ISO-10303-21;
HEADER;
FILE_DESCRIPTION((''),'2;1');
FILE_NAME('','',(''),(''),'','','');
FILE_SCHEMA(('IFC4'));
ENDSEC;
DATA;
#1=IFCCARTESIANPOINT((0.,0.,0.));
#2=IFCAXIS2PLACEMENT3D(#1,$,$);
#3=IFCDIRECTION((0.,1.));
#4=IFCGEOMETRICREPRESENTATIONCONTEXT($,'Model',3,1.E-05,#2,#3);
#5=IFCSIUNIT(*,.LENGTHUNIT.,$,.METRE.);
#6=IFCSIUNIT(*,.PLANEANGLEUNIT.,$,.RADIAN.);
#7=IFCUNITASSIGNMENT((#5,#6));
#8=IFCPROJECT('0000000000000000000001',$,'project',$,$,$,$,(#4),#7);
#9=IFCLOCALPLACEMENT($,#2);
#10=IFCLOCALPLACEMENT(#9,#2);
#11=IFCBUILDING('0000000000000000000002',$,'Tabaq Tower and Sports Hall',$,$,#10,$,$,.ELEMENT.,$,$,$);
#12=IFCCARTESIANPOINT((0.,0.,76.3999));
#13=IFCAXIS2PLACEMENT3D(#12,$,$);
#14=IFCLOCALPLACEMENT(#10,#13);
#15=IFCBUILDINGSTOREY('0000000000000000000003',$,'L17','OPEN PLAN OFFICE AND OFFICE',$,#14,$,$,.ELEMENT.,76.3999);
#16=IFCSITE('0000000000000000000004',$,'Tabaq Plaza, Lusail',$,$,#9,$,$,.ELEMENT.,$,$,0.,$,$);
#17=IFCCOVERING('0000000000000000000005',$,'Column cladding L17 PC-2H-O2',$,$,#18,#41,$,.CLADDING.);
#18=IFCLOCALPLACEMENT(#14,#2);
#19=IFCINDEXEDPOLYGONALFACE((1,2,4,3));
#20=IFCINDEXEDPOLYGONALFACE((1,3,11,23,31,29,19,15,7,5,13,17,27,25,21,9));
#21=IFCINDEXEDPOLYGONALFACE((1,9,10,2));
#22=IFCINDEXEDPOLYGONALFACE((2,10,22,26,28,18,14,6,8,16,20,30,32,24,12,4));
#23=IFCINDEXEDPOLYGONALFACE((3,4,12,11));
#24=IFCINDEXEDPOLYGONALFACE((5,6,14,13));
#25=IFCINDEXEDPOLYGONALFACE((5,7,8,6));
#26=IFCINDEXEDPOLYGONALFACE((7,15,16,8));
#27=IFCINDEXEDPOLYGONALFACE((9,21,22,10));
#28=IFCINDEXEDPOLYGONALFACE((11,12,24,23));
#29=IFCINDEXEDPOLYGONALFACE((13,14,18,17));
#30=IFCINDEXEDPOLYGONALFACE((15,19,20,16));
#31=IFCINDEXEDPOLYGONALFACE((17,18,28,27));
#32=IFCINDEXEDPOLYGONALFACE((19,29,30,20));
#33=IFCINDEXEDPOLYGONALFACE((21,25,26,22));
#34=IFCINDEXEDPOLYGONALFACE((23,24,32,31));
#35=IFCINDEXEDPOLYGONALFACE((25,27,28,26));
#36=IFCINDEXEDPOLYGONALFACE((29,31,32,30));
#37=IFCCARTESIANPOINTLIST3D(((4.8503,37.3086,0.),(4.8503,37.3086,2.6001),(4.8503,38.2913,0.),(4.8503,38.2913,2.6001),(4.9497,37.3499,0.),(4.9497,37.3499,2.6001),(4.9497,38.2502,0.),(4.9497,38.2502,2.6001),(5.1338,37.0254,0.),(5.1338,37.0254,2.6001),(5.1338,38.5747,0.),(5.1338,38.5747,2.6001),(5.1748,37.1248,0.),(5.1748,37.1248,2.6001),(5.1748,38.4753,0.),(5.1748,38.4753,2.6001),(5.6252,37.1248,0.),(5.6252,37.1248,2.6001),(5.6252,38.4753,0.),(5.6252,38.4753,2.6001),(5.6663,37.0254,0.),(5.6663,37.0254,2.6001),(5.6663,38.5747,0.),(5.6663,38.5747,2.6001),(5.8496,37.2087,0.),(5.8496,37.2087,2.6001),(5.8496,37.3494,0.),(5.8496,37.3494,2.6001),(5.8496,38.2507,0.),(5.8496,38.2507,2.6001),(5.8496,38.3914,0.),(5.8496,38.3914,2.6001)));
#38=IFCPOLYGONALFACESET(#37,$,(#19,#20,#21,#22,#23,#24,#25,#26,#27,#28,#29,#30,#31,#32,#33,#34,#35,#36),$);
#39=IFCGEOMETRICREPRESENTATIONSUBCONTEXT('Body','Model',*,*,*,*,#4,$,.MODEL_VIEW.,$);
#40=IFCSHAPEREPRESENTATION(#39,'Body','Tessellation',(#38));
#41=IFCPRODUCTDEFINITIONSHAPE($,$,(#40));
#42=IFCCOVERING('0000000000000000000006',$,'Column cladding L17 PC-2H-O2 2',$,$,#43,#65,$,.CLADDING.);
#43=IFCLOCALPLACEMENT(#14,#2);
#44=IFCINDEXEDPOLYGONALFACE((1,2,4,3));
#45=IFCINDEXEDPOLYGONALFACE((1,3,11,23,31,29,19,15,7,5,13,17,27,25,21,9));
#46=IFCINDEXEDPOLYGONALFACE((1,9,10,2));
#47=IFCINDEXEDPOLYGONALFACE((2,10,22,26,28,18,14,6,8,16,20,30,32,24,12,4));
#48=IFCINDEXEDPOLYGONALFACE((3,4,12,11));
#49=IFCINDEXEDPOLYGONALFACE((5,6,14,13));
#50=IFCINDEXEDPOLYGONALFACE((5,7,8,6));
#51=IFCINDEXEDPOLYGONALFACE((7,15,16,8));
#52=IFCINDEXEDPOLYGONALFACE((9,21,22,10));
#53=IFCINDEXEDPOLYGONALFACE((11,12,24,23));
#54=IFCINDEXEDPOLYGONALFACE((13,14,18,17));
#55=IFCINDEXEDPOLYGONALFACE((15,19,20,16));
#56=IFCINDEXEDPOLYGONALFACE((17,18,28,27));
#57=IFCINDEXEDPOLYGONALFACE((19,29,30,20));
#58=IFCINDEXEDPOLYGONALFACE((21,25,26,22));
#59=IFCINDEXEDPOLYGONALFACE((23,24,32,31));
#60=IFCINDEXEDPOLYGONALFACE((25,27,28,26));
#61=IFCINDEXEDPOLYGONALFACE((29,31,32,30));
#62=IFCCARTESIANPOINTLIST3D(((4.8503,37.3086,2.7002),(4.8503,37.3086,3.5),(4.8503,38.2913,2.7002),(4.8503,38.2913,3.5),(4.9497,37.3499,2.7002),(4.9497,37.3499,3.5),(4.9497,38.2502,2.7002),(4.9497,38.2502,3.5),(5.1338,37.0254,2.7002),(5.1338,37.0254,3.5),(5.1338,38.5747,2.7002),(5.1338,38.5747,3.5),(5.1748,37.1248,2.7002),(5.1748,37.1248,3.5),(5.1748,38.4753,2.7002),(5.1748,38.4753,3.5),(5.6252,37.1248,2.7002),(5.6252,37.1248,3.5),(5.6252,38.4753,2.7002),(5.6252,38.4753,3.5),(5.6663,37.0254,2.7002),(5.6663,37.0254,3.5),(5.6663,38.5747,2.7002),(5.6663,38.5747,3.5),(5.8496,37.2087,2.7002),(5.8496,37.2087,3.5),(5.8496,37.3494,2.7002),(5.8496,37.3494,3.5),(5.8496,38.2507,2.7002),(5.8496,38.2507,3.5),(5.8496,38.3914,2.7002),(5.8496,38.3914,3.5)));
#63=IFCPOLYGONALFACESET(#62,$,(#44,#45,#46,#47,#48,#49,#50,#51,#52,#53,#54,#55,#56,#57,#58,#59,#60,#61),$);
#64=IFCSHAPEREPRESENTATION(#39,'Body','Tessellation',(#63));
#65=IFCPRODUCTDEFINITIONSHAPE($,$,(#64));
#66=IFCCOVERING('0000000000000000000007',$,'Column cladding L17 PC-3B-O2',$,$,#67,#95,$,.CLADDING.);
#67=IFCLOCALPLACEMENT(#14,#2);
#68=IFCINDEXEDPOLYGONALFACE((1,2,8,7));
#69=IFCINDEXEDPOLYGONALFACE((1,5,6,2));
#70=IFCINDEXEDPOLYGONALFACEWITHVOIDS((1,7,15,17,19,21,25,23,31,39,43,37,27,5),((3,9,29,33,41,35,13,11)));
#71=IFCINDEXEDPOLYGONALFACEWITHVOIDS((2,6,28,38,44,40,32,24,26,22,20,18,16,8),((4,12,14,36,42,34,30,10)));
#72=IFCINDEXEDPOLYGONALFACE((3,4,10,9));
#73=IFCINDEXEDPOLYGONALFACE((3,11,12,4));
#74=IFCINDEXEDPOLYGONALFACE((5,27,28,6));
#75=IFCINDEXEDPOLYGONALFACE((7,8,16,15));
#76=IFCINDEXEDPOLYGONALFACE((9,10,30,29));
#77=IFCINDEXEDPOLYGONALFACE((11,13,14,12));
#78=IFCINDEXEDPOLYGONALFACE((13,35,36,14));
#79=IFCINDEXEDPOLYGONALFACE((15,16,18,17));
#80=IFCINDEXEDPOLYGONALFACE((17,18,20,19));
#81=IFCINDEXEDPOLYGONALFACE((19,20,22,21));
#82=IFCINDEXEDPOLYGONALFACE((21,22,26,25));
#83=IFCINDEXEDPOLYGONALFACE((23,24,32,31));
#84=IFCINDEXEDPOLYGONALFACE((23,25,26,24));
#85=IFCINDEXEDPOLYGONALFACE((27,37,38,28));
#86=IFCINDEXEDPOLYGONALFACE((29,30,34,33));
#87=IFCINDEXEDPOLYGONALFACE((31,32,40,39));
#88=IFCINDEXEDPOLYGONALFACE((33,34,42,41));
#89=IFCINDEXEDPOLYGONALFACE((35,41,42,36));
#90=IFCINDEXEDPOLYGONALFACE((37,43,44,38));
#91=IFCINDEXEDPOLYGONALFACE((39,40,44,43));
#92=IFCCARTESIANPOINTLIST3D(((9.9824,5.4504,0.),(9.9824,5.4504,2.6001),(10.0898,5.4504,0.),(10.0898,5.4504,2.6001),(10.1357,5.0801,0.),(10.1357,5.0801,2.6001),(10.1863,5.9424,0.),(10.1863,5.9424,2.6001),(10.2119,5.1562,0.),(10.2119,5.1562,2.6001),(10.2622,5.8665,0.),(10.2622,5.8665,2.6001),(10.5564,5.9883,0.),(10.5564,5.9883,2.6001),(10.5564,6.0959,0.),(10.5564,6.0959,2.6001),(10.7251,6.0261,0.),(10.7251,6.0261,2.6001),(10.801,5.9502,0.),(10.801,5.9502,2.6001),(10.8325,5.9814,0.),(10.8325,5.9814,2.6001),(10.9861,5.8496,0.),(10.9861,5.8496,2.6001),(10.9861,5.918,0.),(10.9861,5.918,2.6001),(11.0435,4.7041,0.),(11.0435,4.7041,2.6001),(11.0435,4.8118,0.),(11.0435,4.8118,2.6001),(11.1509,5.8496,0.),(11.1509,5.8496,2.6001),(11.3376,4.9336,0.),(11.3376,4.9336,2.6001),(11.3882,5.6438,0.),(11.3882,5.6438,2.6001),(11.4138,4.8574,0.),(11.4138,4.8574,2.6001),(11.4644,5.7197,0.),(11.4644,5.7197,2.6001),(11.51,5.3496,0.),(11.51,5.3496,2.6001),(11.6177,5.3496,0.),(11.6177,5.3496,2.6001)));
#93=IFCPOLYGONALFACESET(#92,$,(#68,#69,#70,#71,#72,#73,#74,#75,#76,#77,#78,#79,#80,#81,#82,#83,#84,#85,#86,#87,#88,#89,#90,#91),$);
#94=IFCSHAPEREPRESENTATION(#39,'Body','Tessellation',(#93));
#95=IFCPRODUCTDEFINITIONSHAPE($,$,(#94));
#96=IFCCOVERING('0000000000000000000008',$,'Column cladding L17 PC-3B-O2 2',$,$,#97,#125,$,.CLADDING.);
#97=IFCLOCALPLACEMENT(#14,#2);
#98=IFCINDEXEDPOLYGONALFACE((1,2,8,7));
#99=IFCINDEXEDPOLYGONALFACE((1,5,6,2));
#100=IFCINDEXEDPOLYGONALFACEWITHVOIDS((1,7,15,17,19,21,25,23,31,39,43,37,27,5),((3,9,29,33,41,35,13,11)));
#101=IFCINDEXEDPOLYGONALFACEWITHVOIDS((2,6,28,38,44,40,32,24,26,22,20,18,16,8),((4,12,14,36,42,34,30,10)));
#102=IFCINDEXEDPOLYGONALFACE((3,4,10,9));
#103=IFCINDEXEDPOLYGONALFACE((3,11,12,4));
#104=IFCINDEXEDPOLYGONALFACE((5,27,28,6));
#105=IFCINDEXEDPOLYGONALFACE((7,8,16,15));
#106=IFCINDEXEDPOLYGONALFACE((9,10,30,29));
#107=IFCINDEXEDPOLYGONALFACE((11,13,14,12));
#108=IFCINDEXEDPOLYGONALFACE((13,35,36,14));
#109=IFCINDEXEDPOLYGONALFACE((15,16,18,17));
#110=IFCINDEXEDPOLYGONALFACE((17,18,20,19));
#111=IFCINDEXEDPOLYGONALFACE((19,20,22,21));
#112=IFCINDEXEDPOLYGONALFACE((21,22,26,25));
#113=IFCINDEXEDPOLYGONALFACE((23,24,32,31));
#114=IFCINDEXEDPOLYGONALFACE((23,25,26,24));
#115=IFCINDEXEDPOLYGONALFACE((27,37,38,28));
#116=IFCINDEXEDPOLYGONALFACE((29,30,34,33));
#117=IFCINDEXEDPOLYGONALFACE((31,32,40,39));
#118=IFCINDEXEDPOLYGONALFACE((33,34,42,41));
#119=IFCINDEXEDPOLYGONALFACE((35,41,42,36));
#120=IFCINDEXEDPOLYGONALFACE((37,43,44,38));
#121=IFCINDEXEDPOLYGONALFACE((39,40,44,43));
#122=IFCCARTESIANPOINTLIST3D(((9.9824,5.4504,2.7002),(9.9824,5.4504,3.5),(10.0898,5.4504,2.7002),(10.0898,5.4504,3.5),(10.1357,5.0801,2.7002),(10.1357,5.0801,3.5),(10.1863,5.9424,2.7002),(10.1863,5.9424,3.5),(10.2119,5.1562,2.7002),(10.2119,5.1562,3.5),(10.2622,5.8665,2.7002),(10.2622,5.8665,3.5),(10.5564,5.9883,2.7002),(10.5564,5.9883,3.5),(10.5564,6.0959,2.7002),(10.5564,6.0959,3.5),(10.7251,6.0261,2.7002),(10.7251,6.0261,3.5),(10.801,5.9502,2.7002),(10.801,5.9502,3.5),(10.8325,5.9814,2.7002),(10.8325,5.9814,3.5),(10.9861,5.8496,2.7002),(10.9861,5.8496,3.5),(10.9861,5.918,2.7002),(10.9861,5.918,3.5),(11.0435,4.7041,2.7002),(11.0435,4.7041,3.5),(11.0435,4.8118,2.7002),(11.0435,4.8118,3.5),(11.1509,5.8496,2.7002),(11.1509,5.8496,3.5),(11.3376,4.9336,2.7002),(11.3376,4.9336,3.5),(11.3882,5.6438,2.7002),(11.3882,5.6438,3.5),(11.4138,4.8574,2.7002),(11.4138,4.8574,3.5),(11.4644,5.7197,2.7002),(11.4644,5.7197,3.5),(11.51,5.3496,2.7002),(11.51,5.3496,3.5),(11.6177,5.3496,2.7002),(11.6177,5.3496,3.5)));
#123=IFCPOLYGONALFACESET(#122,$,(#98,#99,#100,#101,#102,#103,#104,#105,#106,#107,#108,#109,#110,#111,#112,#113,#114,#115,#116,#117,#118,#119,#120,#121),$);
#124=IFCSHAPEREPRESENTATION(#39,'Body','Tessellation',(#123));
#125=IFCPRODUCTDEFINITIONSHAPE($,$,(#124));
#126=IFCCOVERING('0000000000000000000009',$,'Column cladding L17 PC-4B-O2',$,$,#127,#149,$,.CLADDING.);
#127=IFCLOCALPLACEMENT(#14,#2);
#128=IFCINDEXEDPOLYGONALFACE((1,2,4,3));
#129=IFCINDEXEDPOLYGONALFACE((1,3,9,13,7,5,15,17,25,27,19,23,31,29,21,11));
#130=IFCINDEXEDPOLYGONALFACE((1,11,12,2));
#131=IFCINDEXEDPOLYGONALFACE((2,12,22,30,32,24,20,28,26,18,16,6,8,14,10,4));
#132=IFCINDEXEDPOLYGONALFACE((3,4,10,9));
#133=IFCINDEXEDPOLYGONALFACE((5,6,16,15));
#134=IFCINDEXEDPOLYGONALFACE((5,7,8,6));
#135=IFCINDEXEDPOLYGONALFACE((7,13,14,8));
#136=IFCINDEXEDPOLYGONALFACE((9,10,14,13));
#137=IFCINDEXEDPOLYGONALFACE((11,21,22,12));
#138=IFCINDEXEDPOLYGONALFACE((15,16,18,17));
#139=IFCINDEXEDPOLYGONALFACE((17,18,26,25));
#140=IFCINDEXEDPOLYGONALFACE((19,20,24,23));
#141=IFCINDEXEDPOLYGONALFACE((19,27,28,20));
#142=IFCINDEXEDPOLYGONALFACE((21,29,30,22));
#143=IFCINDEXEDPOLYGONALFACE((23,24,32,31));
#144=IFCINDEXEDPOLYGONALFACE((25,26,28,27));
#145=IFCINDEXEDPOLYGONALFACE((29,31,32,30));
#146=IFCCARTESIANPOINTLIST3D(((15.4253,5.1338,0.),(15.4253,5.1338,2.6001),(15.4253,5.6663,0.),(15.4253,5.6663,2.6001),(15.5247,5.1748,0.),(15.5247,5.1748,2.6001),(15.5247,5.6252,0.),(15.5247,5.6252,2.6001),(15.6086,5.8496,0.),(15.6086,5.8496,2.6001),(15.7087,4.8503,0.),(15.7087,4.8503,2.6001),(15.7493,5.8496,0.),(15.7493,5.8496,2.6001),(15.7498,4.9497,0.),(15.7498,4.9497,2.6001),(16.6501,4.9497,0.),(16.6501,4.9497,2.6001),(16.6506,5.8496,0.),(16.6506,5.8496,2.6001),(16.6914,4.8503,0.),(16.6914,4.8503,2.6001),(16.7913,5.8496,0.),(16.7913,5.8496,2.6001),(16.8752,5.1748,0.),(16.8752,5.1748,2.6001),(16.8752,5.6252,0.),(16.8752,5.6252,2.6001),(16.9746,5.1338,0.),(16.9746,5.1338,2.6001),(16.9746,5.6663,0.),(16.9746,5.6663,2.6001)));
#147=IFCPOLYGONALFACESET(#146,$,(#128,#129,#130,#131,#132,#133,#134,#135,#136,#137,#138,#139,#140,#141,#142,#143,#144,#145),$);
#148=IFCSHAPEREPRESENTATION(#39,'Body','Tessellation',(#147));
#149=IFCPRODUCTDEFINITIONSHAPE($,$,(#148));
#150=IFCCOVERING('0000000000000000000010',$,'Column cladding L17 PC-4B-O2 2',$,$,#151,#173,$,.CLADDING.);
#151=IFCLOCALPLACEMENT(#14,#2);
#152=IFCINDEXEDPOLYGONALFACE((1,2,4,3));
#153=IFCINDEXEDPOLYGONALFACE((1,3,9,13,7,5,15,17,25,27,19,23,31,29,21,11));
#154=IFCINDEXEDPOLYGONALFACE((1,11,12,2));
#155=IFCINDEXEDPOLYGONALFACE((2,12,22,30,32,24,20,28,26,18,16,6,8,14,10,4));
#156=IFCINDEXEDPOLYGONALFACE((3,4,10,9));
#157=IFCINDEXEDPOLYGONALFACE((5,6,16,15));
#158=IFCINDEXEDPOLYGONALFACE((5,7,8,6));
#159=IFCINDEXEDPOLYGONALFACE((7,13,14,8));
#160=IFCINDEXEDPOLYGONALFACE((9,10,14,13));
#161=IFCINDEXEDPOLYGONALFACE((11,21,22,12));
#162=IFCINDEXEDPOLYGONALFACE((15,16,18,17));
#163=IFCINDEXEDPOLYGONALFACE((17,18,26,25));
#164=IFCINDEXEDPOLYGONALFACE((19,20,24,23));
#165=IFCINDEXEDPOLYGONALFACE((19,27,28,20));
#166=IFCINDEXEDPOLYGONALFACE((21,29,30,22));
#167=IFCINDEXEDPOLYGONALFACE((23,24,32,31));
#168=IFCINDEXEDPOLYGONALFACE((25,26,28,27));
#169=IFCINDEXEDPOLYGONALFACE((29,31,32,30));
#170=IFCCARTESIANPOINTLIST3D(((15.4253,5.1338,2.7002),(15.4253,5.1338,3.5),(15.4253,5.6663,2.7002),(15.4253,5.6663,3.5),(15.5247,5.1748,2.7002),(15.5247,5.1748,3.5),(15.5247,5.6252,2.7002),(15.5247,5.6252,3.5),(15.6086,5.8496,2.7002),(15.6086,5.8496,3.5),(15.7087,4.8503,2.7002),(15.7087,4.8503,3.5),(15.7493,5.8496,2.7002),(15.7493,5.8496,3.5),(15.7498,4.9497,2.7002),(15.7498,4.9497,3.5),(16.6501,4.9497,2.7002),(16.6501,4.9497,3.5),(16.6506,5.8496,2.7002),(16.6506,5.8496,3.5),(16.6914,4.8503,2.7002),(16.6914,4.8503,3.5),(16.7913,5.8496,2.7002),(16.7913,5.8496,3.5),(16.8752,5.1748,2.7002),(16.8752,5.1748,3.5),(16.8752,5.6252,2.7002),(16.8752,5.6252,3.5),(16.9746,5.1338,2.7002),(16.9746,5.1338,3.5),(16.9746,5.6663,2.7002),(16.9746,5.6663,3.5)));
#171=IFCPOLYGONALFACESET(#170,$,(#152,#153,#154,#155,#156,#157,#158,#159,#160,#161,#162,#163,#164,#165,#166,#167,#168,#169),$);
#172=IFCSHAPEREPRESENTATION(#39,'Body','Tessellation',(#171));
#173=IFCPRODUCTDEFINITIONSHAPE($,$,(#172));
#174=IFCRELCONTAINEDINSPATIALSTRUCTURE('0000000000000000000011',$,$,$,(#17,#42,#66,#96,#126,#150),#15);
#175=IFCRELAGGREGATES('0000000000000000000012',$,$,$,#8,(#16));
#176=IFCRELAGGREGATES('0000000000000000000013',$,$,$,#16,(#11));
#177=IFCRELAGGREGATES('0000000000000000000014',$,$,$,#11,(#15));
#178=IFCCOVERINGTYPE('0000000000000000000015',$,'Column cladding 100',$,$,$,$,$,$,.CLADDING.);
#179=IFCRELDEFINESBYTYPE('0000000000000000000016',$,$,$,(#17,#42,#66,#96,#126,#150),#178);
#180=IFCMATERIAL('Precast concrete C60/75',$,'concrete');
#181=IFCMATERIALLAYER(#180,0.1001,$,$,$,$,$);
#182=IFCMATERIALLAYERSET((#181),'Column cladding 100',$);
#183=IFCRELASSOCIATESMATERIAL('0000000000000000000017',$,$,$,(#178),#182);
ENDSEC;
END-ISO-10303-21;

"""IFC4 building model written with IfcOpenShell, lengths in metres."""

from ifc_helpers import new_model, si_unit, direction, frame, origin, place, context, subcontext, project, spatial, polyline, outline, extrude, material, layer, layer_set, type_object, element, save


model = new_model("IFC4")

# Units and contexts
model_context = context("Model", 3, precision=1e-05, world=origin(), true_north=direction((0.0, 1.0)))
body_context = subcontext(model_context, "Body", "Model", "MODEL_VIEW")
ifc_project = project(units=[si_unit("LENGTHUNIT", "METRE"), si_unit("PLANEANGLEUNIT", "RADIAN")], contexts=[model_context])

# Site, building, storey
site_placement = place(None, origin())
site = spatial("IfcSite", under=ifc_project, at=site_placement, Name="Tabaq Plaza, Lusail", CompositionType="ELEMENT", RefElevation=0.0)
building_placement = place(site_placement, origin())
building = spatial("IfcBuilding", under=site, at=building_placement, Name="Tabaq Tower and Sports Hall", CompositionType="ELEMENT")
storey_placement = place(building_placement, frame((0.0, 0.0, 76.3999)))
storey = spatial("IfcBuildingStorey", under=building, at=storey_placement, Name="L17", Description="OPEN PLAN OFFICE AND OFFICE", CompositionType="ELEMENT", Elevation=76.3999)

# Coverings
ifc_material_1 = material(Name="Precast concrete C60/75", Category="concrete")
ifc_layer_1 = layer(ifc_material_1, 0.1001)
ifc_layer_set_1 = layer_set([ifc_layer_1], Name="Column cladding 100")
covering_type = type_object("IfcCoveringType", Name="Column cladding 100", PredefinedType="CLADDING", material=ifc_layer_set_1)
covering_1_placement = place(storey_placement, origin())
element("IfcCovering", 1, at=covering_1_placement, inside=storey, type_object=covering_type, Name="Column cladding L17 PC-2H-O2", PredefinedType="CLADDING", context=body_context, shape_type="SweptSolid", body=[
    extrude(outline(polyline([(5.1338, 37.0254), (4.8503, 37.3086), (4.8503, 38.2913), (5.1338, 38.5747), (5.6663, 38.5747), (5.8496, 38.3914), (5.8496, 38.2507), (5.6252, 38.4753), (5.1748, 38.4753), (4.9497, 38.2502), (4.9497, 37.3499), (5.1748, 37.1248), (5.6252, 37.1248), (5.8496, 37.3494), (5.8496, 37.2087), (5.6663, 37.0254), (5.1338, 37.0254)])), origin(), (0.0, 0.0, 1.0), 2.6001),
])
covering_2_placement = place(storey_placement, frame((0.0, 0.0, 2.7002)))
element("IfcCovering", 2, at=covering_2_placement, inside=storey, type_object=covering_type, Name="Column cladding L17 PC-2H-O2 2", PredefinedType="CLADDING", context=body_context, shape_type="SweptSolid", body=[
    extrude(outline(polyline([(5.1338, 37.0254), (4.8503, 37.3086), (4.8503, 38.2913), (5.1338, 38.5747), (5.6663, 38.5747), (5.8496, 38.3914), (5.8496, 38.2507), (5.6252, 38.4753), (5.1748, 38.4753), (4.9497, 38.2502), (4.9497, 37.3499), (5.1748, 37.1248), (5.6252, 37.1248), (5.8496, 37.3494), (5.8496, 37.2087), (5.6663, 37.0254), (5.1338, 37.0254)])), origin(), (0.0, 0.0, 1.0), 0.7998),
])
covering_3_placement = place(storey_placement, origin())
element("IfcCovering", 3, at=covering_3_placement, inside=storey, type_object=covering_type, Name="Column cladding L17 PC-3B-O2", PredefinedType="CLADDING", context=body_context, shape_type="SweptSolid", body=[
    extrude(outline(polyline([(11.4138, 4.8574), (11.0435, 4.7041), (10.1357, 5.0801), (9.9824, 5.4504), (10.1863, 5.9424), (10.5564, 6.0959), (10.7251, 6.0261), (10.801, 5.9502), (10.8325, 5.9814), (10.9861, 5.918), (10.9861, 5.8496), (11.1509, 5.8496), (11.4644, 5.7197), (11.6177, 5.3496), (11.4138, 4.8574)]), holes=[polyline([(10.2622, 5.8665), (10.0898, 5.4504), (10.2119, 5.1562), (11.0435, 4.8118), (11.3376, 4.9336), (11.51, 5.3496), (11.3882, 5.6438), (10.5564, 5.9883), (10.2622, 5.8665)])]), origin(), (0.0, 0.0, 1.0), 2.6001),
])
covering_4_placement = place(storey_placement, frame((0.0, 0.0, 2.7002)))
element("IfcCovering", 4, at=covering_4_placement, inside=storey, type_object=covering_type, Name="Column cladding L17 PC-3B-O2 2", PredefinedType="CLADDING", context=body_context, shape_type="SweptSolid", body=[
    extrude(outline(polyline([(11.4138, 4.8574), (11.0435, 4.7041), (10.1357, 5.0801), (9.9824, 5.4504), (10.1863, 5.9424), (10.5564, 6.0959), (10.7251, 6.0261), (10.801, 5.9502), (10.8325, 5.9814), (10.9861, 5.918), (10.9861, 5.8496), (11.1509, 5.8496), (11.4644, 5.7197), (11.6177, 5.3496), (11.4138, 4.8574)]), holes=[polyline([(10.2622, 5.8665), (10.0898, 5.4504), (10.2119, 5.1562), (11.0435, 4.8118), (11.3376, 4.9336), (11.51, 5.3496), (11.3882, 5.6438), (10.5564, 5.9883), (10.2622, 5.8665)])]), origin(), (0.0, 0.0, 1.0), 0.7998),
])
covering_5_placement = place(storey_placement, origin())
element("IfcCovering", 5, at=covering_5_placement, inside=storey, type_object=covering_type, Name="Column cladding L17 PC-4B-O2", PredefinedType="CLADDING", context=body_context, shape_type="SweptSolid", body=[
    extrude(outline(polyline([(15.4253, 5.6663), (15.6086, 5.8496), (15.7493, 5.8496), (15.5247, 5.6252), (15.5247, 5.1748), (15.7498, 4.9497), (16.6501, 4.9497), (16.8752, 5.1748), (16.8752, 5.6252), (16.6506, 5.8496), (16.7913, 5.8496), (16.9746, 5.6663), (16.9746, 5.1338), (16.6914, 4.8503), (15.7087, 4.8503), (15.4253, 5.1338), (15.4253, 5.6663)])), origin(), (0.0, 0.0, 1.0), 2.6001),
])
covering_6_placement = place(storey_placement, frame((0.0, 0.0, 2.7002)))
element("IfcCovering", 6, at=covering_6_placement, inside=storey, type_object=covering_type, Name="Column cladding L17 PC-4B-O2 2", PredefinedType="CLADDING", context=body_context, shape_type="SweptSolid", body=[
    extrude(outline(polyline([(15.4253, 5.6663), (15.6086, 5.8496), (15.7493, 5.8496), (15.5247, 5.6252), (15.5247, 5.1748), (15.7498, 4.9497), (16.6501, 4.9497), (16.8752, 5.1748), (16.8752, 5.6252), (16.6506, 5.8496), (16.7913, 5.8496), (16.9746, 5.6663), (16.9746, 5.1338), (16.6914, 4.8503), (15.7087, 4.8503), (15.4253, 5.1338), (15.4253, 5.6663)])), origin(), (0.0, 0.0, 1.0), 0.7998),
])

save(model, "model.ifc")
